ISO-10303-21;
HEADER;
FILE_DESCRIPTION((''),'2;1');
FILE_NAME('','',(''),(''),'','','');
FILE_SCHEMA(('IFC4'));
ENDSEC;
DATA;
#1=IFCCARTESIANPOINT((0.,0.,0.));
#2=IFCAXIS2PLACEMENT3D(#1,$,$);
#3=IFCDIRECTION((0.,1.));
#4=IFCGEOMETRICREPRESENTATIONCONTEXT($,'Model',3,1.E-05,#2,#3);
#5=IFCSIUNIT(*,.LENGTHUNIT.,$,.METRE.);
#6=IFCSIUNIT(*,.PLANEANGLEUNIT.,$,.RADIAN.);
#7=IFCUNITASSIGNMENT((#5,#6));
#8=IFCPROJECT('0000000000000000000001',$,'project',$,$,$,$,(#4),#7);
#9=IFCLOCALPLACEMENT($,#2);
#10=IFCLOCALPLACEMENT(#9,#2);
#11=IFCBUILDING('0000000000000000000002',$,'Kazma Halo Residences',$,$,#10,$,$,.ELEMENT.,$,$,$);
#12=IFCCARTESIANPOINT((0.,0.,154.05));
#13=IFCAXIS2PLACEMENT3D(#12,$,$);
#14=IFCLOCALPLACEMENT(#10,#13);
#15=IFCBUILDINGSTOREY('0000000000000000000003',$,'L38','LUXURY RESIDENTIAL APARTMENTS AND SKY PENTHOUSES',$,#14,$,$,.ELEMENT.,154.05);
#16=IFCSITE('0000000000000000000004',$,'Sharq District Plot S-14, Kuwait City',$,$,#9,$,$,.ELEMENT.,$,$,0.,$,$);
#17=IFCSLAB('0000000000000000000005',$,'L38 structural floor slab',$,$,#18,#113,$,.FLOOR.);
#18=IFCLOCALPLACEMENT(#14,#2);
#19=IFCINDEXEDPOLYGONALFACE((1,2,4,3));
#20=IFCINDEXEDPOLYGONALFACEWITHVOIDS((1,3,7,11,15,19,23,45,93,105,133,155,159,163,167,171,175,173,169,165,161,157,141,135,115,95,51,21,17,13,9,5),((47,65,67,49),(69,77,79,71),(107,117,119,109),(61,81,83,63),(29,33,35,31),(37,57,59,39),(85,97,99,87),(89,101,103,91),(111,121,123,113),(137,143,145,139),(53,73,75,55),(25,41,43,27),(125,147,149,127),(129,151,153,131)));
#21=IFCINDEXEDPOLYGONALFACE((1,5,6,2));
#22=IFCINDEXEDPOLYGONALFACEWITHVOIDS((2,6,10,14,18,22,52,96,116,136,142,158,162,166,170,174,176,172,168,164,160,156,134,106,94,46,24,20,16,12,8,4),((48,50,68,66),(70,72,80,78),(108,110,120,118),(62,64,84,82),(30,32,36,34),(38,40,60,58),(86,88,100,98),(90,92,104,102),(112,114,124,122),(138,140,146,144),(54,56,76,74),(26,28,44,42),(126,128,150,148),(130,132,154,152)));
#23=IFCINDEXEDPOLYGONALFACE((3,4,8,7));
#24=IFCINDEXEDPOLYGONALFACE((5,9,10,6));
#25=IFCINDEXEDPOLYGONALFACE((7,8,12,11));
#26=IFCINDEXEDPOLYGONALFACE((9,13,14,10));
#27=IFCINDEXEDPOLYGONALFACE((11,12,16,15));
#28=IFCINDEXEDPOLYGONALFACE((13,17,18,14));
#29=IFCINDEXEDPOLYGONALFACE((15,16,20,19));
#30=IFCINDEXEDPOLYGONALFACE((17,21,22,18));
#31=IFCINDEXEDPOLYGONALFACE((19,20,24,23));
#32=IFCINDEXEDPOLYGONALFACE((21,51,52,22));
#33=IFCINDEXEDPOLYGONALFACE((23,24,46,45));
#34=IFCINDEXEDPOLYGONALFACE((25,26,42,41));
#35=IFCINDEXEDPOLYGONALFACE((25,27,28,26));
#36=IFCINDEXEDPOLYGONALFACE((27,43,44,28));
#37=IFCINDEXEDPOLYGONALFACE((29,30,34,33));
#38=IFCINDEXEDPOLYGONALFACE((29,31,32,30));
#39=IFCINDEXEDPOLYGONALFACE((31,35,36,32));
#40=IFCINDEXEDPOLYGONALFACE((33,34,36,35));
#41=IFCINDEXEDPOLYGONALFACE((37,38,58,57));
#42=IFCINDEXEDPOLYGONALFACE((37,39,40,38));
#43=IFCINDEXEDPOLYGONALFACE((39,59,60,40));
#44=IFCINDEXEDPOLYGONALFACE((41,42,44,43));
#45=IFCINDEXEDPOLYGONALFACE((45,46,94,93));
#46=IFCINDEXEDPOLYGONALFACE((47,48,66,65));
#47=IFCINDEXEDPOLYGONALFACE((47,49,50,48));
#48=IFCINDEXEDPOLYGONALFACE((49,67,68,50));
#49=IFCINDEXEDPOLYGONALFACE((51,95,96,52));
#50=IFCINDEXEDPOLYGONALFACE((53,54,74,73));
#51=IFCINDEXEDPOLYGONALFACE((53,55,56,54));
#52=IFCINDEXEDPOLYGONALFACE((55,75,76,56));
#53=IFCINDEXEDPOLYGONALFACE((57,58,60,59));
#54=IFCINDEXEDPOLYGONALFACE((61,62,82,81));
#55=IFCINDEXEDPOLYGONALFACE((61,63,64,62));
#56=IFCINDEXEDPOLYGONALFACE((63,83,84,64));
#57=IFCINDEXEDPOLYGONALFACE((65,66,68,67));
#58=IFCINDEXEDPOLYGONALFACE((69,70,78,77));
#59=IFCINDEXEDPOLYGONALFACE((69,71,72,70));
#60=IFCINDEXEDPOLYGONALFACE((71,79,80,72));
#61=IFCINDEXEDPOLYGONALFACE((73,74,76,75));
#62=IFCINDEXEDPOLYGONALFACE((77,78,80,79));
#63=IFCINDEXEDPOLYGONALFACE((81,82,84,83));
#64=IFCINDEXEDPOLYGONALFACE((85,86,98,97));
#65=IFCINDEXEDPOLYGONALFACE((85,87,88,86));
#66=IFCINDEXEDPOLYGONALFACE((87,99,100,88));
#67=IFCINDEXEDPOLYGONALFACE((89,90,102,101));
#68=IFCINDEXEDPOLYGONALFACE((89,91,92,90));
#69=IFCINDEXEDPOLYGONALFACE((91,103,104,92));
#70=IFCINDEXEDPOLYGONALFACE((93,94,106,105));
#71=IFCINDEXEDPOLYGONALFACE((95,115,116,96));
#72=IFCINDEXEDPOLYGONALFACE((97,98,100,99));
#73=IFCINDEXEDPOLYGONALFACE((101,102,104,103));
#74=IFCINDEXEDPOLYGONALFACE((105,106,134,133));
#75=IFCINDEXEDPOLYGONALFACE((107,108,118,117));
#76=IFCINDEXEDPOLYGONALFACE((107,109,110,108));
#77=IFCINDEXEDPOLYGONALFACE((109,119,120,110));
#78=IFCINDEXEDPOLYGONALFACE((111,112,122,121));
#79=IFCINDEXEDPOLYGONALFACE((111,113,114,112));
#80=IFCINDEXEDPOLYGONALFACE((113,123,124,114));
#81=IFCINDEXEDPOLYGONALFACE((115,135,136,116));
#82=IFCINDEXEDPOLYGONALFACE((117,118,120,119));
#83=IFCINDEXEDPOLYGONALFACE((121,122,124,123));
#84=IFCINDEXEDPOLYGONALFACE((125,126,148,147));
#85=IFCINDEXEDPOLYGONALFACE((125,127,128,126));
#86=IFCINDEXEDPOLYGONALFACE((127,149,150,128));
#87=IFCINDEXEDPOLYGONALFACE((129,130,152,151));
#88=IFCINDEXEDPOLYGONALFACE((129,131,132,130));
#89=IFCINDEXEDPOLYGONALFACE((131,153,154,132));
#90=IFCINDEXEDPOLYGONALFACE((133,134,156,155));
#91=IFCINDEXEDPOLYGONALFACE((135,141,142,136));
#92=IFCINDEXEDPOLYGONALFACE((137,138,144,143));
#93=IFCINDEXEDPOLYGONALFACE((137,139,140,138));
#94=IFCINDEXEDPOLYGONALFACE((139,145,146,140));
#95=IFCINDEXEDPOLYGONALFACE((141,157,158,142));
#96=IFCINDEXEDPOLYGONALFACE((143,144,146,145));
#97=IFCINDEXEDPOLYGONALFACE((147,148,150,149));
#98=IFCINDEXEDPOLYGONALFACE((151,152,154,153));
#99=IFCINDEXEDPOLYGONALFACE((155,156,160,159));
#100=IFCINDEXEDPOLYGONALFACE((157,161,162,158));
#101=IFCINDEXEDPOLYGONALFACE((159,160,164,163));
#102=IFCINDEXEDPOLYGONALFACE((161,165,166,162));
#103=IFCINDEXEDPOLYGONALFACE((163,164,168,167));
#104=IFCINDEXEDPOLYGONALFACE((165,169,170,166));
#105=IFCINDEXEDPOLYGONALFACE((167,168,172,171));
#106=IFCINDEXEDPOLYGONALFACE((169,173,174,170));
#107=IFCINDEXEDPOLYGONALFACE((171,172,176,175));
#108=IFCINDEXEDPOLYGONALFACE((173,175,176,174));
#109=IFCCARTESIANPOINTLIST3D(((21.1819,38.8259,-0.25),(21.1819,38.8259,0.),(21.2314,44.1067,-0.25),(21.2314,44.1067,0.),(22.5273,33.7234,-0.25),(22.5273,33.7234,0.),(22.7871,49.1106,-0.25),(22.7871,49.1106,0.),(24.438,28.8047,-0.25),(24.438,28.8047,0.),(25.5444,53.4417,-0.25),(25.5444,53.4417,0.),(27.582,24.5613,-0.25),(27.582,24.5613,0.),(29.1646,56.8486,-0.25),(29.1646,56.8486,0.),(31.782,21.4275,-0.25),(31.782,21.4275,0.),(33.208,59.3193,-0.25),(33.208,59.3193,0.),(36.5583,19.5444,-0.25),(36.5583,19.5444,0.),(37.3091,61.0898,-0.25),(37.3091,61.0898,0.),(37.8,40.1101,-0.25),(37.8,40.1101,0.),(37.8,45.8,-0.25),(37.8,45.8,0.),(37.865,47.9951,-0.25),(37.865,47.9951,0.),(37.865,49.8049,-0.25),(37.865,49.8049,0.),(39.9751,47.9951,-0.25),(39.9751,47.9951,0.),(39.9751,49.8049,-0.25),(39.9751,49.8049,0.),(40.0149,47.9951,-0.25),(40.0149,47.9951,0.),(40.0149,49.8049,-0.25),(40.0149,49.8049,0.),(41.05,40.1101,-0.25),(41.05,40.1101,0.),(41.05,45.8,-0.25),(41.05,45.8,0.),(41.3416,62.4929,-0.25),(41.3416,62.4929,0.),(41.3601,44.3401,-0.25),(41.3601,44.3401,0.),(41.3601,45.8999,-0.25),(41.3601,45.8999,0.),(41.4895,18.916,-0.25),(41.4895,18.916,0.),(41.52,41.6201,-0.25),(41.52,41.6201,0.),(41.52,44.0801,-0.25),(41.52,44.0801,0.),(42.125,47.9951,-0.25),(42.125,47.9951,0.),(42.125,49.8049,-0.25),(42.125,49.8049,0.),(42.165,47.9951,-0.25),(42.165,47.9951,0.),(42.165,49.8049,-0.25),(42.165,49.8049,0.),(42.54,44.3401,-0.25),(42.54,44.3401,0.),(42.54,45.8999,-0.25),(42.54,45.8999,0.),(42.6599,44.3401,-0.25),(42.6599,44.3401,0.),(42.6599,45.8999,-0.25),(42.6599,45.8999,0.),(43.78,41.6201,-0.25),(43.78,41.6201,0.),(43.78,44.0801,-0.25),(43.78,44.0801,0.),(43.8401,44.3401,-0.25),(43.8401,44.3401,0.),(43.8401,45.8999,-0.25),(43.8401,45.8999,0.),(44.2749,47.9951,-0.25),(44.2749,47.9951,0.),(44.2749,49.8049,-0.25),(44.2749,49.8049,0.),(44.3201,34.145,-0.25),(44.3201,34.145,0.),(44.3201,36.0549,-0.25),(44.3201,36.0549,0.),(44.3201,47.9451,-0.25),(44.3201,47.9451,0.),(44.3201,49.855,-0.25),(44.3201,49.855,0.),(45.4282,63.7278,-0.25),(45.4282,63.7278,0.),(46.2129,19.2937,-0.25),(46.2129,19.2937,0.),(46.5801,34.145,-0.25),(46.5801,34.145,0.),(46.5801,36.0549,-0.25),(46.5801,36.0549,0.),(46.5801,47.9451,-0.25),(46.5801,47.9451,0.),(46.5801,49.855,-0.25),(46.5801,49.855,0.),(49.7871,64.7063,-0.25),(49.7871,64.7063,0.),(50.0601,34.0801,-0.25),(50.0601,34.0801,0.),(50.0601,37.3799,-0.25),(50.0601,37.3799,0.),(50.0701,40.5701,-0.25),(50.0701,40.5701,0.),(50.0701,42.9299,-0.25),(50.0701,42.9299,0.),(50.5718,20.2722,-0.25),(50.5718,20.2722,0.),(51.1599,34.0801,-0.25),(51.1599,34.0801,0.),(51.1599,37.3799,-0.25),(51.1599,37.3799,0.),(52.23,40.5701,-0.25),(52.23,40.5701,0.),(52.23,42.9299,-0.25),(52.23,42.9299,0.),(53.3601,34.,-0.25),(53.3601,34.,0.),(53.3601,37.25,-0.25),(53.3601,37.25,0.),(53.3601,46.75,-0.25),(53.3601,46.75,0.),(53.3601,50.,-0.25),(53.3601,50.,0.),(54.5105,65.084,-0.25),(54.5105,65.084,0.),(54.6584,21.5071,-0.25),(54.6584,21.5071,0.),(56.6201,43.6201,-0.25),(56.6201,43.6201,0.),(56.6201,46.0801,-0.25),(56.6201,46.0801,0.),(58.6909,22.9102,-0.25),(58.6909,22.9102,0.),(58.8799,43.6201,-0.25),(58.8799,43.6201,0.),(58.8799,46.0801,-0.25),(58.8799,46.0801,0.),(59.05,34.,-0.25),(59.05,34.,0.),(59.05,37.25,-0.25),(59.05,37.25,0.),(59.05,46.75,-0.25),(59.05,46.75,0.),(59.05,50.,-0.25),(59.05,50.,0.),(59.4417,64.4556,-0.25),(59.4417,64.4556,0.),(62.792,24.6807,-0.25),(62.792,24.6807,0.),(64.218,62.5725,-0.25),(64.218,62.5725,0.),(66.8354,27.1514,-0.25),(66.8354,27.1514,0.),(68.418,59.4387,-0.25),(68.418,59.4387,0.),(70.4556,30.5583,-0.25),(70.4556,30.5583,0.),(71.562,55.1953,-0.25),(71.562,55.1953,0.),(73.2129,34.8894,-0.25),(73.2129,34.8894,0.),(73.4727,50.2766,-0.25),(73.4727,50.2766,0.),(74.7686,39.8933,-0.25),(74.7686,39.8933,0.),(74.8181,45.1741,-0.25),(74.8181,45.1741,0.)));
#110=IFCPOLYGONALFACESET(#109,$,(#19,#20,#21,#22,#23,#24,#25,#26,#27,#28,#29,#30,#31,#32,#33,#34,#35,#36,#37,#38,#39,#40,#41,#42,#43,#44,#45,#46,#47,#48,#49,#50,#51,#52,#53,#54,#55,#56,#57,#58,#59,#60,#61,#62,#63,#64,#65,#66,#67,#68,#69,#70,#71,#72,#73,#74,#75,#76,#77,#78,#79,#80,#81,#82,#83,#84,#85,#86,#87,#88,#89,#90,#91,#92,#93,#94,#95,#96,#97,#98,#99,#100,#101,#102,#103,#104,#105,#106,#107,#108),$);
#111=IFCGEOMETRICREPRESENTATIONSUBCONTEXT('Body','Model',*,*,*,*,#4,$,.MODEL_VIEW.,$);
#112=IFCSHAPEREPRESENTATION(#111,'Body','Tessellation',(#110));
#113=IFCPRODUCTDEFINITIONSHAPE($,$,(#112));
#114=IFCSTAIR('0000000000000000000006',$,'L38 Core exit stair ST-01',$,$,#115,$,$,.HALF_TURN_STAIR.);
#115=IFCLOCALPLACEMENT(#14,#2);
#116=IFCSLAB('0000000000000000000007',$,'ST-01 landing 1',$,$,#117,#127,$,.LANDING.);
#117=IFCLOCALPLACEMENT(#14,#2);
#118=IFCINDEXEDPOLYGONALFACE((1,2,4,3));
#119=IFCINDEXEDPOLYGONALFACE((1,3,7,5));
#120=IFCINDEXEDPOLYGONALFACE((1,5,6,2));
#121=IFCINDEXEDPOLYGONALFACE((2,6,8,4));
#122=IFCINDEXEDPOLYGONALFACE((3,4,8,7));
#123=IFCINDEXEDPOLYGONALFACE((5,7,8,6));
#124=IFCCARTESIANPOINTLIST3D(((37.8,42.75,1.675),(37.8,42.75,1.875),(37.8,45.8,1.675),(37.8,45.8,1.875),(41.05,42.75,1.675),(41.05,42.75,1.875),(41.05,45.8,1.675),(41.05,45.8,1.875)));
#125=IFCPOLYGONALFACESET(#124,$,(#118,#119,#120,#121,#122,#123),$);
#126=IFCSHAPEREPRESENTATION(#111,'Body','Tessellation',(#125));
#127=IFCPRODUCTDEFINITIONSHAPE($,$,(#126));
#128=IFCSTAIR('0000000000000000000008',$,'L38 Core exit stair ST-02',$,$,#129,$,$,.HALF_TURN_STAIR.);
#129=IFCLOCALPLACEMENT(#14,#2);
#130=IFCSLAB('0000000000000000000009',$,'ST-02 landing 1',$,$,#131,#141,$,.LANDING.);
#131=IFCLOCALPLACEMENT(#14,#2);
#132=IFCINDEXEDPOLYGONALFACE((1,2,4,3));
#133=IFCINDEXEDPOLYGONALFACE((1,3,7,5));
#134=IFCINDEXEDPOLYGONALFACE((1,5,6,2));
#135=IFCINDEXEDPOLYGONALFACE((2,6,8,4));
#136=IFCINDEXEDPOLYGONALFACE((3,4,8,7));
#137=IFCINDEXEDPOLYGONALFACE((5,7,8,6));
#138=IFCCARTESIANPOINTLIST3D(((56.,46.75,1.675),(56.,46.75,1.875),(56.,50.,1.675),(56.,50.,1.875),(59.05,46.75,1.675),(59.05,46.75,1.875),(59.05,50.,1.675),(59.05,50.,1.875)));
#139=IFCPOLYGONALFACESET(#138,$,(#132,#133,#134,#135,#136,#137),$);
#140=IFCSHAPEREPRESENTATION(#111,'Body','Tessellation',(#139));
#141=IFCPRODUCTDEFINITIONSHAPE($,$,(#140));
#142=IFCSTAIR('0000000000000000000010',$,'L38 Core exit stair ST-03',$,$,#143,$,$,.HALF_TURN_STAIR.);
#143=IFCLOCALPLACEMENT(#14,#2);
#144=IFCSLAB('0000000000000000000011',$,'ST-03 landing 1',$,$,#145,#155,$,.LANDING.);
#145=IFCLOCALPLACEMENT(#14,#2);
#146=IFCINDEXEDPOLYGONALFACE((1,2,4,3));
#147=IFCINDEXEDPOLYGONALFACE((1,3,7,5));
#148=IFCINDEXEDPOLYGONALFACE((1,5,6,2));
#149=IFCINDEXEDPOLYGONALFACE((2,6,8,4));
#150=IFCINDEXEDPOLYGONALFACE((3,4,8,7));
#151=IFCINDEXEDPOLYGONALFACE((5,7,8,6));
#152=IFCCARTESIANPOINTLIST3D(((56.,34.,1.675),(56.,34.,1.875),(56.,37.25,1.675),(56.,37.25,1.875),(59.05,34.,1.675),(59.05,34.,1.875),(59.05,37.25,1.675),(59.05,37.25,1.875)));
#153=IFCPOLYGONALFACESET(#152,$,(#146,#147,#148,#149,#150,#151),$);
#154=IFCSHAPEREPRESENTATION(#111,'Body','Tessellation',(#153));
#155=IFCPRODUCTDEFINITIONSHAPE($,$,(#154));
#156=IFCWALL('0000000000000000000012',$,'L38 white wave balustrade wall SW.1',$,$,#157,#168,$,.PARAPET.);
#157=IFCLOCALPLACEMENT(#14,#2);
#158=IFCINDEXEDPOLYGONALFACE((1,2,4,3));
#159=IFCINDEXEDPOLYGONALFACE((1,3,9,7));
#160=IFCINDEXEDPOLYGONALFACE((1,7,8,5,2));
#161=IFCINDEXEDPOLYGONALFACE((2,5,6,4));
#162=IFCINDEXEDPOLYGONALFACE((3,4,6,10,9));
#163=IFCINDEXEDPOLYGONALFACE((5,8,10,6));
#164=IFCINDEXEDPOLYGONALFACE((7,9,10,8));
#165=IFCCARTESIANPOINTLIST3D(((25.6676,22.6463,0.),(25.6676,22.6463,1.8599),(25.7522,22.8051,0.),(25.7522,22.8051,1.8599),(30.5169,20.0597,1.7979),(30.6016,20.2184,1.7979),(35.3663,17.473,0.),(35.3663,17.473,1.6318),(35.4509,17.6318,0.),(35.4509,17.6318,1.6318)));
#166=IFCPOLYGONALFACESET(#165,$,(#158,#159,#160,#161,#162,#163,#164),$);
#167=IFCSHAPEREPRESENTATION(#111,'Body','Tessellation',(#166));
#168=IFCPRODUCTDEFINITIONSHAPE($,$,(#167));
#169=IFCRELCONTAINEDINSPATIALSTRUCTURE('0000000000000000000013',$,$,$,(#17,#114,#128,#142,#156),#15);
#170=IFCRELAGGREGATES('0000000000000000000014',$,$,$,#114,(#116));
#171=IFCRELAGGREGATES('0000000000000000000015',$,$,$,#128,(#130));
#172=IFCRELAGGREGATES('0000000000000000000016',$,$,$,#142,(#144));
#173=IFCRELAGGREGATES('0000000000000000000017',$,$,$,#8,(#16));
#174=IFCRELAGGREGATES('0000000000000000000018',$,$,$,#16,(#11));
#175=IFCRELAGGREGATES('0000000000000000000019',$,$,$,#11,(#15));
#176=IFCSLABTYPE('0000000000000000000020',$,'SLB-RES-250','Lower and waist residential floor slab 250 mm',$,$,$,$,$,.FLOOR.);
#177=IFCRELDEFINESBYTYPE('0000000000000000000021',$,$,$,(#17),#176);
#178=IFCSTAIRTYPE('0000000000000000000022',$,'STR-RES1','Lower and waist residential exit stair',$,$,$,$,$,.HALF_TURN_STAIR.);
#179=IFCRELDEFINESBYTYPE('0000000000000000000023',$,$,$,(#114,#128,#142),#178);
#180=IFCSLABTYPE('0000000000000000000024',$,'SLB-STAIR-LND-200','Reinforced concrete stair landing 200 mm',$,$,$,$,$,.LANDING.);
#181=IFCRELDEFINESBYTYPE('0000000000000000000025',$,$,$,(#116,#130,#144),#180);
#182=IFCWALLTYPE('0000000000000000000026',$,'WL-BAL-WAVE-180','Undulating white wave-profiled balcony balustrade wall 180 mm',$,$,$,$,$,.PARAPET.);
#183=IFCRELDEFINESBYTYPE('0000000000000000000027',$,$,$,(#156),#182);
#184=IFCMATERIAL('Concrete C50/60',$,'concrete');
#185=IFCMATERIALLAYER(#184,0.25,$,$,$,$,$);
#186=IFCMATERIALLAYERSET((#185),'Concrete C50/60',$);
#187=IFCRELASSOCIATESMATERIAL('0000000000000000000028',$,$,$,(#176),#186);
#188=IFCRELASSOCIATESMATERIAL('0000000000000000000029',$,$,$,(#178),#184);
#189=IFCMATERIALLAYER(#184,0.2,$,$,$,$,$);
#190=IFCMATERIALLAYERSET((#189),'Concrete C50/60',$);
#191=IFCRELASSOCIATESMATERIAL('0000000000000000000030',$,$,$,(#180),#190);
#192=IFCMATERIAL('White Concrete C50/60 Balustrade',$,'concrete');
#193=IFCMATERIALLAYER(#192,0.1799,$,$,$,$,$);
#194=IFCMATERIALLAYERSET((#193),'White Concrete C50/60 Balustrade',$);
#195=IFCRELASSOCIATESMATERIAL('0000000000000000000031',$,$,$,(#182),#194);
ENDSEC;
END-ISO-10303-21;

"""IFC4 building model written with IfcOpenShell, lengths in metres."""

from ifc_helpers import new_model, si_unit, direction, frame, origin, place, context, subcontext, project, spatial, polyline, outline, extrude, material, layer, layer_set, type_object, element, aggregate, save


model = new_model("IFC4")

# Units and contexts
model_context = context("Model", 3, precision=1e-05, world=origin(), true_north=direction((0.0, 1.0)))
body_context = subcontext(model_context, "Body", "Model", "MODEL_VIEW")
ifc_project = project(units=[si_unit("LENGTHUNIT", "METRE"), si_unit("PLANEANGLEUNIT", "RADIAN")], contexts=[model_context])

# Site, building, storey
site_placement = place(None, origin())
site = spatial("IfcSite", under=ifc_project, at=site_placement, Name="Sharq District Plot S-14, Kuwait City", CompositionType="ELEMENT", RefElevation=0.0)
building_placement = place(site_placement, origin())
building = spatial("IfcBuilding", under=site, at=building_placement, Name="Kazma Halo Residences", CompositionType="ELEMENT")
storey_placement = place(building_placement, frame((0.0, 0.0, 154.05)))
storey = spatial("IfcBuildingStorey", under=building, at=storey_placement, Name="L38", Description="LUXURY RESIDENTIAL APARTMENTS AND SKY PENTHOUSES", CompositionType="ELEMENT", Elevation=154.05)

# Slab
ifc_material_1 = material(Name="Concrete C50/60", Category="concrete")
ifc_layer_1 = layer(ifc_material_1, 0.25)
ifc_layer_set_1 = layer_set([ifc_layer_1], Name="Concrete C50/60")
slab_type_1 = type_object("IfcSlabType", Name="SLB-RES-250", Description="Lower and waist residential floor slab 250 mm", PredefinedType="FLOOR", material=ifc_layer_set_1)
slab_1_placement = place(storey_placement, frame((0.0, 0.0, -0.25)))
element("IfcSlab", 1, at=slab_1_placement, inside=storey, type_object=slab_type_1, Name="L38 structural floor slab", PredefinedType="FLOOR", context=body_context, shape_type="SweptSolid", body=[
    extrude(outline(polyline([(73.4727, 50.2766), (71.562, 55.1953), (68.418, 59.4387), (64.218, 62.5725), (59.4417, 64.4556), (54.5105, 65.084), (49.7871, 64.7063), (45.4282, 63.7278), (41.3416, 62.4929), (37.3091, 61.0898), (33.208, 59.3193), (29.1646, 56.8486), (25.5444, 53.4417), (22.7871, 49.1106), (21.2314, 44.1067), (21.1819, 38.8259), (22.5273, 33.7234), (24.438, 28.8047), (27.582, 24.5613), (31.782, 21.4275), (36.5583, 19.5444), (41.4895, 18.916), (46.2129, 19.2937), (50.5718, 20.2722), (54.6584, 21.5071), (58.6909, 22.9102), (62.792, 24.6807), (66.8354, 27.1514), (70.4556, 30.5583), (73.2129, 34.8894), (74.7686, 39.8933), (74.8181, 45.1741), (73.4727, 50.2766)]), holes=[polyline([(37.8, 40.1101), (41.05, 40.1101), (41.05, 45.8), (37.8, 45.8), (37.8, 40.1101)]), polyline([(53.3601, 46.75), (59.05, 46.75), (59.05, 50.0), (53.3601, 50.0), (53.3601, 46.75)]), polyline([(53.3601, 34.0), (59.05, 34.0), (59.05, 37.25), (53.3601, 37.25), (53.3601, 34.0)]), polyline([(41.52, 41.6201), (43.78, 41.6201), (43.78, 44.0801), (41.52, 44.0801), (41.52, 41.6201)]), polyline([(56.6201, 43.6201), (58.8799, 43.6201), (58.8799, 46.0801), (56.6201, 46.0801), (56.6201, 43.6201)]), polyline([(37.865, 47.9951), (39.9751, 47.9951), (39.9751, 49.8049), (37.865, 49.8049), (37.865, 47.9951)]), polyline([(40.0149, 47.9951), (42.125, 47.9951), (42.125, 49.8049), (40.0149, 49.8049), (40.0149, 47.9951)]), polyline([(42.165, 47.9951), (44.2749, 47.9951), (44.2749, 49.8049), (42.165, 49.8049), (42.165, 47.9951)]), polyline([(44.3201, 47.9451), (46.5801, 47.9451), (46.5801, 49.855), (44.3201, 49.855), (44.3201, 47.9451)]), polyline([(44.3201, 34.145), (46.5801, 34.145), (46.5801, 36.0549), (44.3201, 36.0549), (44.3201, 34.145)]), polyline([(50.0701, 40.5701), (52.23, 40.5701), (52.23, 42.9299), (50.0701, 42.9299), (50.0701, 40.5701)]), polyline([(41.3601, 44.3401), (42.54, 44.3401), (42.54, 45.8999), (41.3601, 45.8999), (41.3601, 44.3401)]), polyline([(42.6599, 44.3401), (43.8401, 44.3401), (43.8401, 45.8999), (42.6599, 45.8999), (42.6599, 44.3401)]), polyline([(50.0601, 34.0801), (51.1599, 34.0801), (51.1599, 37.3799), (50.0601, 37.3799), (50.0601, 34.0801)])]), origin(), (0.0, 0.0, 1.0), 0.25),
])

# Stairs, slabs
stair_type = type_object("IfcStairType", Name="STR-RES1", Description="Lower and waist residential exit stair", PredefinedType="HALF_TURN_STAIR", material=ifc_material_1)
stair_1_placement = place(storey_placement, origin())
stair_1 = element("IfcStair", 2, at=stair_1_placement, inside=storey, type_object=stair_type, Name="L38 Core exit stair ST-01", PredefinedType="HALF_TURN_STAIR")
ifc_layer_2 = layer(ifc_material_1, 0.2)
ifc_layer_set_2 = layer_set([ifc_layer_2], Name="Concrete C50/60")
slab_type_2 = type_object("IfcSlabType", Name="SLB-STAIR-LND-200", Description="Reinforced concrete stair landing 200 mm", PredefinedType="LANDING", material=ifc_layer_set_2)
slab_2_placement = place(storey_placement, frame((0.0, 0.0, 1.675)))
slab_2 = element("IfcSlab", 3, at=slab_2_placement, type_object=slab_type_2, Name="ST-01 landing 1", PredefinedType="LANDING", context=body_context, shape_type="SweptSolid", body=[
    extrude(outline(polyline([(41.05, 42.75), (41.05, 45.8), (37.8, 45.8), (37.8, 42.75), (41.05, 42.75)])), origin(), (0.0, 0.0, 1.0), 0.2),
])
aggregate(stair_1, [slab_2])
stair_2_placement = place(storey_placement, origin())
stair_2 = element("IfcStair", 4, at=stair_2_placement, inside=storey, type_object=stair_type, Name="L38 Core exit stair ST-02", PredefinedType="HALF_TURN_STAIR")
slab_3_placement = place(storey_placement, frame((0.0, 0.0, 1.675)))
slab_3 = element("IfcSlab", 5, at=slab_3_placement, type_object=slab_type_2, Name="ST-02 landing 1", PredefinedType="LANDING", context=body_context, shape_type="SweptSolid", body=[
    extrude(outline(polyline([(56.0, 46.75), (59.05, 46.75), (59.05, 50.0), (56.0, 50.0), (56.0, 46.75)])), origin(), (0.0, 0.0, 1.0), 0.2),
])
aggregate(stair_2, [slab_3])
stair_3_placement = place(storey_placement, origin())
stair_3 = element("IfcStair", 6, at=stair_3_placement, inside=storey, type_object=stair_type, Name="L38 Core exit stair ST-03", PredefinedType="HALF_TURN_STAIR")
slab_4_placement = place(storey_placement, frame((0.0, 0.0, 1.675)))
slab_4 = element("IfcSlab", 7, at=slab_4_placement, type_object=slab_type_2, Name="ST-03 landing 1", PredefinedType="LANDING", context=body_context, shape_type="SweptSolid", body=[
    extrude(outline(polyline([(56.0, 34.0), (59.05, 34.0), (59.05, 37.25), (56.0, 37.25), (56.0, 34.0)])), origin(), (0.0, 0.0, 1.0), 0.2),
])
aggregate(stair_3, [slab_4])

# Wall
ifc_material_2 = material(Name="White Concrete C50/60 Balustrade", Category="concrete")
ifc_layer_3 = layer(ifc_material_2, 0.1799)
ifc_layer_set_3 = layer_set([ifc_layer_3], Name="White Concrete C50/60 Balustrade")
wall_type_1 = type_object("IfcWallType", Name="WL-BAL-WAVE-180", Description="Undulating white wave-profiled balcony balustrade wall 180 mm", PredefinedType="PARAPET", material=ifc_layer_set_3)
wall_1_placement = place(storey_placement, frame((25.71, 22.7258, 0.0), z_axis=(0.0, 0.0, 1.0), x_axis=(0.882327, -0.470637, 0.0)))
element("IfcWall", 8, at=wall_1_placement, inside=storey, type_object=wall_type_1, Name="L38 white wave balustrade wall SW.1", PredefinedType="PARAPET", context=body_context, shape_type="SweptSolid", body=[
    extrude(outline(polyline([(0.0, 0.0), (10.9922, 0.0), (10.9922, 1.6318), (5.4961, 1.7979), (0.0, 1.8599), (0.0, 0.0)])), frame((0.0, 0.0898, 0.0), z_axis=(0.0, -1.0, 0.0), x_axis=(1.0, 0.0, 0.0)), (0.0, 0.0, 1.0), 0.1799),
])

save(model, "model.ifc")
